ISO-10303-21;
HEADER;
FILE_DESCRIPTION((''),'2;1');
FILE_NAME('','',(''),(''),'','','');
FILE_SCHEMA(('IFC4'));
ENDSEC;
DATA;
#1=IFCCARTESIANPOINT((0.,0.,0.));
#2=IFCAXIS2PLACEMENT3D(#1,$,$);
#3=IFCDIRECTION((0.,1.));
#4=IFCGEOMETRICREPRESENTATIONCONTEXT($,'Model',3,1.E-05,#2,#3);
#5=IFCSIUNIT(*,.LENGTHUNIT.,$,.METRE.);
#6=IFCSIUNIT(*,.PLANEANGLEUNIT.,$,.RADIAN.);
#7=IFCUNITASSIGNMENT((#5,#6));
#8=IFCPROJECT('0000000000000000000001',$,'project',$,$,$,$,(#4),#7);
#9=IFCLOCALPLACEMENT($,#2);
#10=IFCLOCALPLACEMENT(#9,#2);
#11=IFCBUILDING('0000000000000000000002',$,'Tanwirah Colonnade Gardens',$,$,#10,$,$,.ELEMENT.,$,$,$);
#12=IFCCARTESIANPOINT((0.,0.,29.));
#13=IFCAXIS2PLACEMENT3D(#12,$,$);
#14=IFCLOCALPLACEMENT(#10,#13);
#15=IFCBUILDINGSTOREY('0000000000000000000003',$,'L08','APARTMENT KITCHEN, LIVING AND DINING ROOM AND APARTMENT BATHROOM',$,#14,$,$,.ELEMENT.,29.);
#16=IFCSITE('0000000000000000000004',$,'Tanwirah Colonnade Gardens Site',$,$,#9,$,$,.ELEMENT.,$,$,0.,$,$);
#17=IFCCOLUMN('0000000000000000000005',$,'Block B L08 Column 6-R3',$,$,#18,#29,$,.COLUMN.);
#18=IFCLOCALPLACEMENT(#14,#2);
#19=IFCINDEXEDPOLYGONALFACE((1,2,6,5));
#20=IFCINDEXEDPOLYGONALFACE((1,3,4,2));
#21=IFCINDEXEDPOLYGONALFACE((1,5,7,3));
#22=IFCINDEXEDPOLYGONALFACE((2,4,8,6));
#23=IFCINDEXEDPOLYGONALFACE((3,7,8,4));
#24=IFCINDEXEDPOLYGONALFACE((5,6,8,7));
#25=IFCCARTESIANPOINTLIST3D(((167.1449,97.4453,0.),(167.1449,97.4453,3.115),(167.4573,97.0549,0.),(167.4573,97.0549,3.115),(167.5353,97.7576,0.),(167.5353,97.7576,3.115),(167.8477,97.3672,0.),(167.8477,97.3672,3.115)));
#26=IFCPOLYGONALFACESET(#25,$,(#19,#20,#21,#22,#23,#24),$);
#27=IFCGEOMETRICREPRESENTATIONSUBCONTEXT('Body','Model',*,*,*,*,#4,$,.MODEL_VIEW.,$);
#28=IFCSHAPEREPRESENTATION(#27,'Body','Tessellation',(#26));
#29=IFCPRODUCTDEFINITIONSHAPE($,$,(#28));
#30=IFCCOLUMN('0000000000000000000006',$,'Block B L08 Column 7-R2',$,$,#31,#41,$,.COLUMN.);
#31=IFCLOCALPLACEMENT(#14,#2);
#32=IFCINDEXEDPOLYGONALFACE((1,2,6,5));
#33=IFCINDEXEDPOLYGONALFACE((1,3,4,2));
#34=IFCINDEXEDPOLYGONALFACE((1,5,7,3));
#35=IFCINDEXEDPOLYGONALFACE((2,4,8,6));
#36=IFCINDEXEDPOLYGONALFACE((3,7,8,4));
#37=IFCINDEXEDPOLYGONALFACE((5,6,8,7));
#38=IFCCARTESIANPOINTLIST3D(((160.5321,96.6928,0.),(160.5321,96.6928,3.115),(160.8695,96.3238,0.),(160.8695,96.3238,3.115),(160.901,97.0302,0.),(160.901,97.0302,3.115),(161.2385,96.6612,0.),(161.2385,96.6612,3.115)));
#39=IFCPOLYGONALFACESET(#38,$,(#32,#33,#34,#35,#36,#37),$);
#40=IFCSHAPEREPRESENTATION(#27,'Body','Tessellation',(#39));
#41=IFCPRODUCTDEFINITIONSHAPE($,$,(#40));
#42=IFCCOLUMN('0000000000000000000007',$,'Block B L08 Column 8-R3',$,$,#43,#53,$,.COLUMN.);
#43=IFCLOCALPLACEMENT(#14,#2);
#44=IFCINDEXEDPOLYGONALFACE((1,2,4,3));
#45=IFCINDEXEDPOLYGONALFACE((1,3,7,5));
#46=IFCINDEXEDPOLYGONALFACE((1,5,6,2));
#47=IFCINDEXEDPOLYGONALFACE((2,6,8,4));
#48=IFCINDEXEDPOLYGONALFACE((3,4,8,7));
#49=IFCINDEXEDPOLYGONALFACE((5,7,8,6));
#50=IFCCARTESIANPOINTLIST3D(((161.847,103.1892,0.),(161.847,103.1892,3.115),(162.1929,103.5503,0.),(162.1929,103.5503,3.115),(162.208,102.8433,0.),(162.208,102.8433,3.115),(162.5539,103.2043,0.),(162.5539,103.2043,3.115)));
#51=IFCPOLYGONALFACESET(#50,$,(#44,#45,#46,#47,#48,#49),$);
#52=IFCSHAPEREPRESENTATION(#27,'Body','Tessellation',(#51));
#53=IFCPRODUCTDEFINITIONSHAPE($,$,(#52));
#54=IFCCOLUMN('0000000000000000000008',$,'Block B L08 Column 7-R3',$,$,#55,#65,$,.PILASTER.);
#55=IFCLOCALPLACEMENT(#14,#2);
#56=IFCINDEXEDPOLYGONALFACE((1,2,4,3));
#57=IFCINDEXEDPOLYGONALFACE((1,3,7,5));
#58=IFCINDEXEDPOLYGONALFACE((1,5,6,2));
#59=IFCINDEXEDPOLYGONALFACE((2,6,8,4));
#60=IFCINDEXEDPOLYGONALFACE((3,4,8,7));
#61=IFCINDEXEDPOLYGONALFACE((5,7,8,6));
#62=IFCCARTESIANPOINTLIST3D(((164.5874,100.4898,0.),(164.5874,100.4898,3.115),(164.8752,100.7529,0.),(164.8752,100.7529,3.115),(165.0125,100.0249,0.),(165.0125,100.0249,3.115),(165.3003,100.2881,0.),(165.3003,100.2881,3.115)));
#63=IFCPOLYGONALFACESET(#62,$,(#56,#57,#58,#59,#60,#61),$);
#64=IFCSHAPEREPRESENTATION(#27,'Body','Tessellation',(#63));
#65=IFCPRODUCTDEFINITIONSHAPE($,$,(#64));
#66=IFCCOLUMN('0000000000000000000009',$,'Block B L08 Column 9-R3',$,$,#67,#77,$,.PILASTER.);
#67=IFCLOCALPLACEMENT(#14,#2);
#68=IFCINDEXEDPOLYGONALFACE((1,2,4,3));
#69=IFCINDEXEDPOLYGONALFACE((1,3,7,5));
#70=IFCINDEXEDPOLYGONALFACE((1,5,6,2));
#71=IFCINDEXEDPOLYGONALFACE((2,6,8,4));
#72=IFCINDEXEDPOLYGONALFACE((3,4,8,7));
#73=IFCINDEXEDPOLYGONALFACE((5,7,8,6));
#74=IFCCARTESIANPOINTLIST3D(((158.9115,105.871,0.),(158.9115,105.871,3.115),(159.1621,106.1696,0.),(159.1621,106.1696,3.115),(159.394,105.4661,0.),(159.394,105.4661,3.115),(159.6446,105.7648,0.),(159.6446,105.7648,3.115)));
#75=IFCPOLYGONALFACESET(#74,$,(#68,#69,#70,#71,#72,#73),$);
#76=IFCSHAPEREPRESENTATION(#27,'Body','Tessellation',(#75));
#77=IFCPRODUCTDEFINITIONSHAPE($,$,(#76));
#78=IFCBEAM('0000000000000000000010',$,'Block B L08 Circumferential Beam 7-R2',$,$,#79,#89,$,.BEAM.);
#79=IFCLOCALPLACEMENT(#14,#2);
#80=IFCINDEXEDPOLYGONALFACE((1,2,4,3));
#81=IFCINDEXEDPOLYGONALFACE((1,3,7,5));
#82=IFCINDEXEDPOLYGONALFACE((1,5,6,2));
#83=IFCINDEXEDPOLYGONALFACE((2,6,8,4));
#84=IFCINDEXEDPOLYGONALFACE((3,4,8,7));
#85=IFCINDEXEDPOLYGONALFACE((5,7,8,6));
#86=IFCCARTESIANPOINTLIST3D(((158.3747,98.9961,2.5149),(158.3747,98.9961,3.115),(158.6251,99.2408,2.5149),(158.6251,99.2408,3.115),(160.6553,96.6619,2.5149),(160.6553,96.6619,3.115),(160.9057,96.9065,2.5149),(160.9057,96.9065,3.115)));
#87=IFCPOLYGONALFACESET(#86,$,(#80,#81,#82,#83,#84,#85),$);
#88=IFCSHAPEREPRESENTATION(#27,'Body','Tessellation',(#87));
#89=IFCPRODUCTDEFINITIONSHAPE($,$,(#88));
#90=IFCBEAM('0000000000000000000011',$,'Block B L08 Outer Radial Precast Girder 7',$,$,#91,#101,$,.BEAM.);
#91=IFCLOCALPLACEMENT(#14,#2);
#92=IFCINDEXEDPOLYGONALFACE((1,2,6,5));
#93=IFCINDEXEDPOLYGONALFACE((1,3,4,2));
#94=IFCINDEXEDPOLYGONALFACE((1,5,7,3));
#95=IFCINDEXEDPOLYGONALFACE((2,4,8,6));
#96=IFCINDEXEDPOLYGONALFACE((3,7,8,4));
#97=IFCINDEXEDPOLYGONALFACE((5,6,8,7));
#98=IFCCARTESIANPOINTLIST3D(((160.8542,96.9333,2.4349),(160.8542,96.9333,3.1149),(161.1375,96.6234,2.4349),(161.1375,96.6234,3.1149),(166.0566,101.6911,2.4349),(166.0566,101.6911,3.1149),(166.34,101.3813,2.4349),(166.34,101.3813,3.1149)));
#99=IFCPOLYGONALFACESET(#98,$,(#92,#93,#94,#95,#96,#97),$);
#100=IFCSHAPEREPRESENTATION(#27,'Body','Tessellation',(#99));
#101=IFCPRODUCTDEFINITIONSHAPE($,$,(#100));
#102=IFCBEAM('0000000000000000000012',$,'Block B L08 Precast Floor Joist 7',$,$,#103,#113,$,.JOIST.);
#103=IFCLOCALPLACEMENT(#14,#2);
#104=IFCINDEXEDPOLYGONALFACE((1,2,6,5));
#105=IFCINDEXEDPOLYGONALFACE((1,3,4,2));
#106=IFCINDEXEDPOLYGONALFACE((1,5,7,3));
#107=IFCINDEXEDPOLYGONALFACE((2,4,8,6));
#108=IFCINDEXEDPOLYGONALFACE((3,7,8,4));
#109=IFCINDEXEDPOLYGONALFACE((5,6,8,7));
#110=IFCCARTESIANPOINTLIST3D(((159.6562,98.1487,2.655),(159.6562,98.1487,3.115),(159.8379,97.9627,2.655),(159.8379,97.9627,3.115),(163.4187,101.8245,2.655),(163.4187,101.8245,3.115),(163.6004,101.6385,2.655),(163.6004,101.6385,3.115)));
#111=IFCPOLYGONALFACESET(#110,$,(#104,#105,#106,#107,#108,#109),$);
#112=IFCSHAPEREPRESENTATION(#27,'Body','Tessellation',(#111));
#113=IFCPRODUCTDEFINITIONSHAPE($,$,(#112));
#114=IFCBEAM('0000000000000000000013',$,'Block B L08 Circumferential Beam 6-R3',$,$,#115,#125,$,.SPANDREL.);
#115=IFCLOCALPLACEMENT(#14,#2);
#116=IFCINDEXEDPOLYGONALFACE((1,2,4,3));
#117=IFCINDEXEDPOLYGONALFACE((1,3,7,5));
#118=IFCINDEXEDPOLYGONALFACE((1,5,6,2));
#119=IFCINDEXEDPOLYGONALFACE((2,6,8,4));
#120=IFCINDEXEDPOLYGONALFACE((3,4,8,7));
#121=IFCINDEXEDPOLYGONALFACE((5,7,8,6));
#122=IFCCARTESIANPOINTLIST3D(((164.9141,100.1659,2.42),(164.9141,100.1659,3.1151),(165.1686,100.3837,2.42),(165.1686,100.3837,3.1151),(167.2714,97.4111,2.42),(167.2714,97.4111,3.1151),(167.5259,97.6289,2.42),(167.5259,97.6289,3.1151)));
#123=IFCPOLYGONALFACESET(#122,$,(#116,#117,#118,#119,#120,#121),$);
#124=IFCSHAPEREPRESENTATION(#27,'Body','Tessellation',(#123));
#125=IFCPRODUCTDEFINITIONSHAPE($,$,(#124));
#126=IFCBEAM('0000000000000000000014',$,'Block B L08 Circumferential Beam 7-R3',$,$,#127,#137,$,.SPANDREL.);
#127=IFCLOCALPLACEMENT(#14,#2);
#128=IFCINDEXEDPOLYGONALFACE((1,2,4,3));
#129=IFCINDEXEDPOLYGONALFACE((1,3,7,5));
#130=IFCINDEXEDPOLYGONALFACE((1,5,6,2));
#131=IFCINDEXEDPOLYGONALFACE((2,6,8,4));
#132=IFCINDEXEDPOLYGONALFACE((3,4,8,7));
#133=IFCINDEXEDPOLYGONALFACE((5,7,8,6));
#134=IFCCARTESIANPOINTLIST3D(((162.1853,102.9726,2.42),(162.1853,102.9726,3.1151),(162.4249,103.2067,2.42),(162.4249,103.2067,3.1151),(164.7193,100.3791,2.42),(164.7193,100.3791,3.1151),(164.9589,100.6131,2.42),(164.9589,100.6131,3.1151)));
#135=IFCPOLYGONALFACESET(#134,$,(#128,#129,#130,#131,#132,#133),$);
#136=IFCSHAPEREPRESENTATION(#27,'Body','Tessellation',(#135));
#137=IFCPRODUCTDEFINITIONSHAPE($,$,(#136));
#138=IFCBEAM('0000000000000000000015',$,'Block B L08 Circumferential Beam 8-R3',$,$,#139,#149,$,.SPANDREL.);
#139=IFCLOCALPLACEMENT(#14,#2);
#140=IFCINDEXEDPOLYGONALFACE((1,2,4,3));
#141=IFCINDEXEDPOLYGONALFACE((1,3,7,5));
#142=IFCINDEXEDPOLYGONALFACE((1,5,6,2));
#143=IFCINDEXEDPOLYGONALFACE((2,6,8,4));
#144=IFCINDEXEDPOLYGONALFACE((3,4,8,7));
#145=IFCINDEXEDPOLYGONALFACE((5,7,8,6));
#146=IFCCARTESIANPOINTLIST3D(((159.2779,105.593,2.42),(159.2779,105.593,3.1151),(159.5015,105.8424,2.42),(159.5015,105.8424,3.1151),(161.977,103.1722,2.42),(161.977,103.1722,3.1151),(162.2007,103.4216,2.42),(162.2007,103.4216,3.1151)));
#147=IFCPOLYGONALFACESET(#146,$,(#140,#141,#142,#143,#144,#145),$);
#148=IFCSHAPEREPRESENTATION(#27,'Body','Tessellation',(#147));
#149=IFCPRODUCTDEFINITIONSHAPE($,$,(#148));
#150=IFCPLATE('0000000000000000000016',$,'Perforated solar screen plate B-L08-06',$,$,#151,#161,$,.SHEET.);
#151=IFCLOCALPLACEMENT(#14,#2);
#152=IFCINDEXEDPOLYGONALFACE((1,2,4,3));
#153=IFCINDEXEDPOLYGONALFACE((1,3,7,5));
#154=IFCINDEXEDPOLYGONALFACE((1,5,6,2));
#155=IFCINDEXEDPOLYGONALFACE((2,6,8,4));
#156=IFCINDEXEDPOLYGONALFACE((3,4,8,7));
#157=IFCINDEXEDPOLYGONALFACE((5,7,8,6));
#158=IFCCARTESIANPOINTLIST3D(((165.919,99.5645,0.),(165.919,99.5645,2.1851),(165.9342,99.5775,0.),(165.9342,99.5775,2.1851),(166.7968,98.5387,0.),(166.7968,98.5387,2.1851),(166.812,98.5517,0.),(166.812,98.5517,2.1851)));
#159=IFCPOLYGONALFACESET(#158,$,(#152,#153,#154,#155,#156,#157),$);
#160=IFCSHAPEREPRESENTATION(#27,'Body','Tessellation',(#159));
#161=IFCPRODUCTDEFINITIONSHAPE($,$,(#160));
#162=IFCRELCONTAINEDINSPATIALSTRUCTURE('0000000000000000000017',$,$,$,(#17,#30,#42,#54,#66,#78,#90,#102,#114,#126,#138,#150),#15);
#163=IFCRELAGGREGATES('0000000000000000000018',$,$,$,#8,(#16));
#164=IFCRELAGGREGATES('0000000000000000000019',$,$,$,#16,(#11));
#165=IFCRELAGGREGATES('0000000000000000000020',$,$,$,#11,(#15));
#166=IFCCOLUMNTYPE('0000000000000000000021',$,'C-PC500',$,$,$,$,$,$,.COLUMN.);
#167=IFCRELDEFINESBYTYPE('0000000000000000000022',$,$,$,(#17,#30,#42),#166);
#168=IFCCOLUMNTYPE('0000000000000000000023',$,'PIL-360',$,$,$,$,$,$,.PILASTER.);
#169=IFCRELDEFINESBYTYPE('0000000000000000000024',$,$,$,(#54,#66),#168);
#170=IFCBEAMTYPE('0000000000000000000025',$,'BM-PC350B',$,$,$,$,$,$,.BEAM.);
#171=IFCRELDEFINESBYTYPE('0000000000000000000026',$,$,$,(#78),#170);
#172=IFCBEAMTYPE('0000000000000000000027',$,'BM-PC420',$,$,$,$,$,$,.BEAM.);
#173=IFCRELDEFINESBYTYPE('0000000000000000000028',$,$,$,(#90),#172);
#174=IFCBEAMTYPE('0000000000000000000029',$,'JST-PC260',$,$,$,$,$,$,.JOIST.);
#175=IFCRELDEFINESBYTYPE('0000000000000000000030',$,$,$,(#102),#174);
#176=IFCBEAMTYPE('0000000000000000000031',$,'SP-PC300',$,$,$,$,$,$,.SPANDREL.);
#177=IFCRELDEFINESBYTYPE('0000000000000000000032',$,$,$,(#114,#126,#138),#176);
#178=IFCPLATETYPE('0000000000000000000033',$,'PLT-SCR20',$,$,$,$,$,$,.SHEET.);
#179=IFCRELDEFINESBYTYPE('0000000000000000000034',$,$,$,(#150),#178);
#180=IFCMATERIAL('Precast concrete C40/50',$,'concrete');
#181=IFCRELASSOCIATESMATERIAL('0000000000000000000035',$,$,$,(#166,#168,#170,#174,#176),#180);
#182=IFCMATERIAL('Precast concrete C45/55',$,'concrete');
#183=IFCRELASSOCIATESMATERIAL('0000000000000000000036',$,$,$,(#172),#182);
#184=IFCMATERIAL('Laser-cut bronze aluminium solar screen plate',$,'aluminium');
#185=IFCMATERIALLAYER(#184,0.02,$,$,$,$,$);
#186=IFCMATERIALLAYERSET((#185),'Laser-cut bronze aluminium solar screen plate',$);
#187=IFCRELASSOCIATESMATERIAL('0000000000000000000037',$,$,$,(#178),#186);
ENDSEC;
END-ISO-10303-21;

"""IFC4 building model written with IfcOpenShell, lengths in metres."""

from ifc_helpers import new_model, si_unit, direction, frame, origin, origin_2d, place, context, subcontext, project, spatial, rectangle, extrude, material, layer, layer_set, material_profile, profile_set, type_object, element, save


model = new_model("IFC4")

# Units and contexts
model_context = context("Model", 3, precision=1e-05, world=origin(), true_north=direction((0.0, 1.0)))
body_context = subcontext(model_context, "Body", "Model", "MODEL_VIEW")
ifc_project = project(units=[si_unit("LENGTHUNIT", "METRE"), si_unit("PLANEANGLEUNIT", "RADIAN")], contexts=[model_context])

# Site, building, storey
site_placement = place(None, origin())
site = spatial("IfcSite", under=ifc_project, at=site_placement, Name="Tanwirah Colonnade Gardens Site", CompositionType="ELEMENT", RefElevation=0.0)
building_placement = place(site_placement, origin())
building = spatial("IfcBuilding", under=site, at=building_placement, Name="Tanwirah Colonnade Gardens", CompositionType="ELEMENT")
storey_placement = place(building_placement, frame((0.0, 0.0, 29.0)))
storey = spatial("IfcBuildingStorey", under=building, at=storey_placement, Name="L08", Description="APARTMENT KITCHEN, LIVING AND DINING ROOM AND APARTMENT BATHROOM", CompositionType="ELEMENT", Elevation=29.0)

# Columns
ifc_material_1 = material(Name="Precast concrete C40/50", Category="concrete")
ifc_material_profile_1 = material_profile(ifc_material_1, rectangle(XDim=0.5, YDim=0.5, at=origin_2d()), Name="PC-COL 500x500")
ifc_profile_set_1 = profile_set([ifc_material_profile_1], Name="Precast concrete C40/50")
column_type_1 = type_object("IfcColumnType", Name="C-PC500", PredefinedType="COLUMN", material=ifc_profile_set_1)
for number, where, z_axis, x_axis, name in (
    (1, (167.4963, 97.4062, 0.0), (0.0, 0.0, 1.0), (0.780794, 0.624789, 0.0), "Block B L08 Column 6-R3"),
    (2, (160.8853, 96.677, 0.0), (0.0, 0.0, 1.0), (0.737932, 0.674875, 0.0), "Block B L08 Column 7-R2"),
    (3, (162.2004, 103.1968, 0.0), (0.0, 0.0, 1.0), (0.691863, 0.722029, 0.0), "Block B L08 Column 8-R3"),
):
    element("IfcColumn", number, at=place(storey_placement, frame(where, z_axis=z_axis, x_axis=x_axis)), inside=storey, type_object=column_type_1, Name=name, PredefinedType="COLUMN", context=body_context, shape_type="SweptSolid", body=[
        extrude(rectangle(XDim=0.5, YDim=0.5, at=origin_2d()), origin(), (0.0, 0.0, 1.0), 3.115),
    ])
ifc_material_profile_2 = material_profile(ifc_material_1, rectangle(XDim=0.3899, YDim=0.6299, at=origin_2d()), Name="PC-PIL 390x630")
ifc_profile_set_2 = profile_set([ifc_material_profile_2], Name="Precast concrete C40/50")
column_type_2 = type_object("IfcColumnType", Name="PIL-360", PredefinedType="PILASTER", material=ifc_profile_set_2)
for number, where, z_axis, x_axis, name in (
    (4, (164.9438, 100.3889, 0.0), (0.0, 0.0, 1.0), (0.737932, 0.674875, 0.0), "Block B L08 Column 7-R3"),
    (5, (159.2781, 105.8179, 0.0), (0.0, 0.0, 1.0), (0.642788, 0.766044, 0.0), "Block B L08 Column 9-R3"),
):
    element("IfcColumn", number, at=place(storey_placement, frame(where, z_axis=z_axis, x_axis=x_axis)), inside=storey, type_object=column_type_2, Name=name, PredefinedType="PILASTER", context=body_context, shape_type="SweptSolid", body=[
        extrude(rectangle(XDim=0.3899, YDim=0.6299, at=origin_2d()), origin(), (0.0, 0.0, 1.0), 3.115),
    ])

# Beams
ifc_material_profile_3 = material_profile(ifc_material_1, rectangle(XDim=0.3501, YDim=0.6001, at=origin_2d()), Name="PC-BM 350x600")
ifc_profile_set_3 = profile_set([ifc_material_profile_3], Name="Precast concrete C40/50")
beam_type_1 = type_object("IfcBeamType", Name="BM-PC350B", PredefinedType="BEAM", material=ifc_profile_set_3)
beam_1_placement = place(storey_placement, frame((160.7805, 96.7842, 2.8149), z_axis=(-0.698829, 0.715288, 0.0), x_axis=(-0.715288, -0.698829, 0.0)))
element("IfcBeam", 6, at=beam_1_placement, inside=storey, type_object=beam_type_1, Name="Block B L08 Circumferential Beam 7-R2", PredefinedType="BEAM", context=body_context, shape_type="SweptSolid", body=[
    extrude(rectangle(XDim=0.3501, YDim=0.6001, at=origin_2d()), origin(), (0.0, 0.0, 1.0), 3.2634),
])
ifc_material_2 = material(Name="Precast concrete C45/55", Category="concrete")
ifc_material_profile_4 = material_profile(ifc_material_2, rectangle(XDim=0.4199, YDim=0.6799, at=origin_2d()), Name="PC-BM 420x680")
ifc_profile_set_4 = profile_set([ifc_material_profile_4], Name="Precast concrete C45/55")
beam_type_2 = type_object("IfcBeamType", Name="BM-PC420", PredefinedType="BEAM", material=ifc_profile_set_4)
beam_2_placement = place(storey_placement, frame((160.9958, 96.7783, 2.7749), z_axis=(0.737934, 0.674873, 0.0), x_axis=(-0.674873, 0.737934, 0.0)))
element("IfcBeam", 7, at=beam_2_placement, inside=storey, type_object=beam_type_2, Name="Block B L08 Outer Radial Precast Girder 7", PredefinedType="BEAM", context=body_context, shape_type="SweptSolid", body=[
    extrude(rectangle(XDim=0.4199, YDim=0.6799, at=origin_2d()), origin(), (0.0, 0.0, 1.0), 7.05),
])
ifc_material_profile_5 = material_profile(ifc_material_1, rectangle(XDim=0.26, YDim=0.46, at=origin_2d()), Name="PC-JST 260x460")
ifc_profile_set_5 = profile_set([ifc_material_profile_5], Name="Precast concrete C40/50")
beam_type_3 = type_object("IfcBeamType", Name="JST-PC260", PredefinedType="JOIST", material=ifc_profile_set_5)
beam_3_placement = place(storey_placement, frame((159.7471, 98.0557, 2.885), z_axis=(0.715297, 0.69882, 0.0), x_axis=(-0.69882, 0.715297, 0.0)))
element("IfcBeam", 8, at=beam_3_placement, inside=storey, type_object=beam_type_3, Name="Block B L08 Precast Floor Joist 7", PredefinedType="JOIST", context=body_context, shape_type="SweptSolid", body=[
    extrude(rectangle(XDim=0.26, YDim=0.46, at=origin_2d()), origin(), (0.0, 0.0, 1.0), 5.26),
])
ifc_material_profile_6 = material_profile(ifc_material_1, rectangle(XDim=0.335, YDim=0.6951, at=origin_2d()), Name="PC-SP 335x695")
ifc_profile_set_6 = profile_set([ifc_material_profile_6], Name="Precast concrete C40/50")
beam_type_4 = type_object("IfcBeamType", Name="SP-PC300", PredefinedType="SPANDREL", material=ifc_profile_set_6)
beam_4_placement = place(storey_placement, frame((167.3987, 97.52, 2.7676), z_axis=(-0.65017, 0.759789, 0.0), x_axis=(-0.759789, -0.65017, 0.0)))
element("IfcBeam", 9, at=beam_4_placement, inside=storey, type_object=beam_type_4, Name="Block B L08 Circumferential Beam 6-R3", PredefinedType="SPANDREL", context=body_context, shape_type="SweptSolid", body=[
    extrude(rectangle(XDim=0.335, YDim=0.6951, at=origin_2d()), origin(), (0.0, 0.0, 1.0), 3.6257),
])
beam_5_placement = place(storey_placement, frame((164.8391, 100.4961, 2.7676), z_axis=(-0.698844, 0.715274, 0.0), x_axis=(-0.715274, -0.698844, 0.0)))
element("IfcBeam", 10, at=beam_5_placement, inside=storey, type_object=beam_type_4, Name="Block B L08 Circumferential Beam 7-R3", PredefinedType="SPANDREL", context=body_context, shape_type="SweptSolid", body=[
    extrude(rectangle(XDim=0.335, YDim=0.6951, at=origin_2d()), origin(), (0.0, 0.0, 1.0), 3.626),
])
beam_6_placement = place(storey_placement, frame((162.0889, 103.2969, 2.7676), z_axis=(-0.744445, 0.667684, 0.0), x_axis=(-0.667684, -0.744445, 0.0)))
element("IfcBeam", 11, at=beam_6_placement, inside=storey, type_object=beam_type_4, Name="Block B L08 Circumferential Beam 8-R3", PredefinedType="SPANDREL", context=body_context, shape_type="SweptSolid", body=[
    extrude(rectangle(XDim=0.335, YDim=0.6951, at=origin_2d()), origin(), (0.0, 0.0, 1.0), 3.6257),
])

# Plate
ifc_material_3 = material(Name="Laser-cut bronze aluminium solar screen plate", Category="aluminium")
ifc_layer_1 = layer(ifc_material_3, 0.02)
ifc_layer_set_1 = layer_set([ifc_layer_1], Name="Laser-cut bronze aluminium solar screen plate")
plate_type = type_object("IfcPlateType", Name="PLT-SCR20", PredefinedType="SHEET", material=ifc_layer_set_1)
plate_placement = place(storey_placement, frame((166.3655, 99.0581, 0.0), z_axis=(0.0, 0.0, 1.0), x_axis=(-0.650186, 0.759775, 0.0)))
element("IfcPlate", 12, at=plate_placement, inside=storey, type_object=plate_type, Name="Perforated solar screen plate B-L08-06", PredefinedType="SHEET", context=body_context, shape_type="SweptSolid", body=[
    extrude(rectangle(XDim=1.3501, YDim=0.02, at=origin_2d()), origin(), (0.0, 0.0, 1.0), 2.1851),
])

save(model, "model.ifc")
